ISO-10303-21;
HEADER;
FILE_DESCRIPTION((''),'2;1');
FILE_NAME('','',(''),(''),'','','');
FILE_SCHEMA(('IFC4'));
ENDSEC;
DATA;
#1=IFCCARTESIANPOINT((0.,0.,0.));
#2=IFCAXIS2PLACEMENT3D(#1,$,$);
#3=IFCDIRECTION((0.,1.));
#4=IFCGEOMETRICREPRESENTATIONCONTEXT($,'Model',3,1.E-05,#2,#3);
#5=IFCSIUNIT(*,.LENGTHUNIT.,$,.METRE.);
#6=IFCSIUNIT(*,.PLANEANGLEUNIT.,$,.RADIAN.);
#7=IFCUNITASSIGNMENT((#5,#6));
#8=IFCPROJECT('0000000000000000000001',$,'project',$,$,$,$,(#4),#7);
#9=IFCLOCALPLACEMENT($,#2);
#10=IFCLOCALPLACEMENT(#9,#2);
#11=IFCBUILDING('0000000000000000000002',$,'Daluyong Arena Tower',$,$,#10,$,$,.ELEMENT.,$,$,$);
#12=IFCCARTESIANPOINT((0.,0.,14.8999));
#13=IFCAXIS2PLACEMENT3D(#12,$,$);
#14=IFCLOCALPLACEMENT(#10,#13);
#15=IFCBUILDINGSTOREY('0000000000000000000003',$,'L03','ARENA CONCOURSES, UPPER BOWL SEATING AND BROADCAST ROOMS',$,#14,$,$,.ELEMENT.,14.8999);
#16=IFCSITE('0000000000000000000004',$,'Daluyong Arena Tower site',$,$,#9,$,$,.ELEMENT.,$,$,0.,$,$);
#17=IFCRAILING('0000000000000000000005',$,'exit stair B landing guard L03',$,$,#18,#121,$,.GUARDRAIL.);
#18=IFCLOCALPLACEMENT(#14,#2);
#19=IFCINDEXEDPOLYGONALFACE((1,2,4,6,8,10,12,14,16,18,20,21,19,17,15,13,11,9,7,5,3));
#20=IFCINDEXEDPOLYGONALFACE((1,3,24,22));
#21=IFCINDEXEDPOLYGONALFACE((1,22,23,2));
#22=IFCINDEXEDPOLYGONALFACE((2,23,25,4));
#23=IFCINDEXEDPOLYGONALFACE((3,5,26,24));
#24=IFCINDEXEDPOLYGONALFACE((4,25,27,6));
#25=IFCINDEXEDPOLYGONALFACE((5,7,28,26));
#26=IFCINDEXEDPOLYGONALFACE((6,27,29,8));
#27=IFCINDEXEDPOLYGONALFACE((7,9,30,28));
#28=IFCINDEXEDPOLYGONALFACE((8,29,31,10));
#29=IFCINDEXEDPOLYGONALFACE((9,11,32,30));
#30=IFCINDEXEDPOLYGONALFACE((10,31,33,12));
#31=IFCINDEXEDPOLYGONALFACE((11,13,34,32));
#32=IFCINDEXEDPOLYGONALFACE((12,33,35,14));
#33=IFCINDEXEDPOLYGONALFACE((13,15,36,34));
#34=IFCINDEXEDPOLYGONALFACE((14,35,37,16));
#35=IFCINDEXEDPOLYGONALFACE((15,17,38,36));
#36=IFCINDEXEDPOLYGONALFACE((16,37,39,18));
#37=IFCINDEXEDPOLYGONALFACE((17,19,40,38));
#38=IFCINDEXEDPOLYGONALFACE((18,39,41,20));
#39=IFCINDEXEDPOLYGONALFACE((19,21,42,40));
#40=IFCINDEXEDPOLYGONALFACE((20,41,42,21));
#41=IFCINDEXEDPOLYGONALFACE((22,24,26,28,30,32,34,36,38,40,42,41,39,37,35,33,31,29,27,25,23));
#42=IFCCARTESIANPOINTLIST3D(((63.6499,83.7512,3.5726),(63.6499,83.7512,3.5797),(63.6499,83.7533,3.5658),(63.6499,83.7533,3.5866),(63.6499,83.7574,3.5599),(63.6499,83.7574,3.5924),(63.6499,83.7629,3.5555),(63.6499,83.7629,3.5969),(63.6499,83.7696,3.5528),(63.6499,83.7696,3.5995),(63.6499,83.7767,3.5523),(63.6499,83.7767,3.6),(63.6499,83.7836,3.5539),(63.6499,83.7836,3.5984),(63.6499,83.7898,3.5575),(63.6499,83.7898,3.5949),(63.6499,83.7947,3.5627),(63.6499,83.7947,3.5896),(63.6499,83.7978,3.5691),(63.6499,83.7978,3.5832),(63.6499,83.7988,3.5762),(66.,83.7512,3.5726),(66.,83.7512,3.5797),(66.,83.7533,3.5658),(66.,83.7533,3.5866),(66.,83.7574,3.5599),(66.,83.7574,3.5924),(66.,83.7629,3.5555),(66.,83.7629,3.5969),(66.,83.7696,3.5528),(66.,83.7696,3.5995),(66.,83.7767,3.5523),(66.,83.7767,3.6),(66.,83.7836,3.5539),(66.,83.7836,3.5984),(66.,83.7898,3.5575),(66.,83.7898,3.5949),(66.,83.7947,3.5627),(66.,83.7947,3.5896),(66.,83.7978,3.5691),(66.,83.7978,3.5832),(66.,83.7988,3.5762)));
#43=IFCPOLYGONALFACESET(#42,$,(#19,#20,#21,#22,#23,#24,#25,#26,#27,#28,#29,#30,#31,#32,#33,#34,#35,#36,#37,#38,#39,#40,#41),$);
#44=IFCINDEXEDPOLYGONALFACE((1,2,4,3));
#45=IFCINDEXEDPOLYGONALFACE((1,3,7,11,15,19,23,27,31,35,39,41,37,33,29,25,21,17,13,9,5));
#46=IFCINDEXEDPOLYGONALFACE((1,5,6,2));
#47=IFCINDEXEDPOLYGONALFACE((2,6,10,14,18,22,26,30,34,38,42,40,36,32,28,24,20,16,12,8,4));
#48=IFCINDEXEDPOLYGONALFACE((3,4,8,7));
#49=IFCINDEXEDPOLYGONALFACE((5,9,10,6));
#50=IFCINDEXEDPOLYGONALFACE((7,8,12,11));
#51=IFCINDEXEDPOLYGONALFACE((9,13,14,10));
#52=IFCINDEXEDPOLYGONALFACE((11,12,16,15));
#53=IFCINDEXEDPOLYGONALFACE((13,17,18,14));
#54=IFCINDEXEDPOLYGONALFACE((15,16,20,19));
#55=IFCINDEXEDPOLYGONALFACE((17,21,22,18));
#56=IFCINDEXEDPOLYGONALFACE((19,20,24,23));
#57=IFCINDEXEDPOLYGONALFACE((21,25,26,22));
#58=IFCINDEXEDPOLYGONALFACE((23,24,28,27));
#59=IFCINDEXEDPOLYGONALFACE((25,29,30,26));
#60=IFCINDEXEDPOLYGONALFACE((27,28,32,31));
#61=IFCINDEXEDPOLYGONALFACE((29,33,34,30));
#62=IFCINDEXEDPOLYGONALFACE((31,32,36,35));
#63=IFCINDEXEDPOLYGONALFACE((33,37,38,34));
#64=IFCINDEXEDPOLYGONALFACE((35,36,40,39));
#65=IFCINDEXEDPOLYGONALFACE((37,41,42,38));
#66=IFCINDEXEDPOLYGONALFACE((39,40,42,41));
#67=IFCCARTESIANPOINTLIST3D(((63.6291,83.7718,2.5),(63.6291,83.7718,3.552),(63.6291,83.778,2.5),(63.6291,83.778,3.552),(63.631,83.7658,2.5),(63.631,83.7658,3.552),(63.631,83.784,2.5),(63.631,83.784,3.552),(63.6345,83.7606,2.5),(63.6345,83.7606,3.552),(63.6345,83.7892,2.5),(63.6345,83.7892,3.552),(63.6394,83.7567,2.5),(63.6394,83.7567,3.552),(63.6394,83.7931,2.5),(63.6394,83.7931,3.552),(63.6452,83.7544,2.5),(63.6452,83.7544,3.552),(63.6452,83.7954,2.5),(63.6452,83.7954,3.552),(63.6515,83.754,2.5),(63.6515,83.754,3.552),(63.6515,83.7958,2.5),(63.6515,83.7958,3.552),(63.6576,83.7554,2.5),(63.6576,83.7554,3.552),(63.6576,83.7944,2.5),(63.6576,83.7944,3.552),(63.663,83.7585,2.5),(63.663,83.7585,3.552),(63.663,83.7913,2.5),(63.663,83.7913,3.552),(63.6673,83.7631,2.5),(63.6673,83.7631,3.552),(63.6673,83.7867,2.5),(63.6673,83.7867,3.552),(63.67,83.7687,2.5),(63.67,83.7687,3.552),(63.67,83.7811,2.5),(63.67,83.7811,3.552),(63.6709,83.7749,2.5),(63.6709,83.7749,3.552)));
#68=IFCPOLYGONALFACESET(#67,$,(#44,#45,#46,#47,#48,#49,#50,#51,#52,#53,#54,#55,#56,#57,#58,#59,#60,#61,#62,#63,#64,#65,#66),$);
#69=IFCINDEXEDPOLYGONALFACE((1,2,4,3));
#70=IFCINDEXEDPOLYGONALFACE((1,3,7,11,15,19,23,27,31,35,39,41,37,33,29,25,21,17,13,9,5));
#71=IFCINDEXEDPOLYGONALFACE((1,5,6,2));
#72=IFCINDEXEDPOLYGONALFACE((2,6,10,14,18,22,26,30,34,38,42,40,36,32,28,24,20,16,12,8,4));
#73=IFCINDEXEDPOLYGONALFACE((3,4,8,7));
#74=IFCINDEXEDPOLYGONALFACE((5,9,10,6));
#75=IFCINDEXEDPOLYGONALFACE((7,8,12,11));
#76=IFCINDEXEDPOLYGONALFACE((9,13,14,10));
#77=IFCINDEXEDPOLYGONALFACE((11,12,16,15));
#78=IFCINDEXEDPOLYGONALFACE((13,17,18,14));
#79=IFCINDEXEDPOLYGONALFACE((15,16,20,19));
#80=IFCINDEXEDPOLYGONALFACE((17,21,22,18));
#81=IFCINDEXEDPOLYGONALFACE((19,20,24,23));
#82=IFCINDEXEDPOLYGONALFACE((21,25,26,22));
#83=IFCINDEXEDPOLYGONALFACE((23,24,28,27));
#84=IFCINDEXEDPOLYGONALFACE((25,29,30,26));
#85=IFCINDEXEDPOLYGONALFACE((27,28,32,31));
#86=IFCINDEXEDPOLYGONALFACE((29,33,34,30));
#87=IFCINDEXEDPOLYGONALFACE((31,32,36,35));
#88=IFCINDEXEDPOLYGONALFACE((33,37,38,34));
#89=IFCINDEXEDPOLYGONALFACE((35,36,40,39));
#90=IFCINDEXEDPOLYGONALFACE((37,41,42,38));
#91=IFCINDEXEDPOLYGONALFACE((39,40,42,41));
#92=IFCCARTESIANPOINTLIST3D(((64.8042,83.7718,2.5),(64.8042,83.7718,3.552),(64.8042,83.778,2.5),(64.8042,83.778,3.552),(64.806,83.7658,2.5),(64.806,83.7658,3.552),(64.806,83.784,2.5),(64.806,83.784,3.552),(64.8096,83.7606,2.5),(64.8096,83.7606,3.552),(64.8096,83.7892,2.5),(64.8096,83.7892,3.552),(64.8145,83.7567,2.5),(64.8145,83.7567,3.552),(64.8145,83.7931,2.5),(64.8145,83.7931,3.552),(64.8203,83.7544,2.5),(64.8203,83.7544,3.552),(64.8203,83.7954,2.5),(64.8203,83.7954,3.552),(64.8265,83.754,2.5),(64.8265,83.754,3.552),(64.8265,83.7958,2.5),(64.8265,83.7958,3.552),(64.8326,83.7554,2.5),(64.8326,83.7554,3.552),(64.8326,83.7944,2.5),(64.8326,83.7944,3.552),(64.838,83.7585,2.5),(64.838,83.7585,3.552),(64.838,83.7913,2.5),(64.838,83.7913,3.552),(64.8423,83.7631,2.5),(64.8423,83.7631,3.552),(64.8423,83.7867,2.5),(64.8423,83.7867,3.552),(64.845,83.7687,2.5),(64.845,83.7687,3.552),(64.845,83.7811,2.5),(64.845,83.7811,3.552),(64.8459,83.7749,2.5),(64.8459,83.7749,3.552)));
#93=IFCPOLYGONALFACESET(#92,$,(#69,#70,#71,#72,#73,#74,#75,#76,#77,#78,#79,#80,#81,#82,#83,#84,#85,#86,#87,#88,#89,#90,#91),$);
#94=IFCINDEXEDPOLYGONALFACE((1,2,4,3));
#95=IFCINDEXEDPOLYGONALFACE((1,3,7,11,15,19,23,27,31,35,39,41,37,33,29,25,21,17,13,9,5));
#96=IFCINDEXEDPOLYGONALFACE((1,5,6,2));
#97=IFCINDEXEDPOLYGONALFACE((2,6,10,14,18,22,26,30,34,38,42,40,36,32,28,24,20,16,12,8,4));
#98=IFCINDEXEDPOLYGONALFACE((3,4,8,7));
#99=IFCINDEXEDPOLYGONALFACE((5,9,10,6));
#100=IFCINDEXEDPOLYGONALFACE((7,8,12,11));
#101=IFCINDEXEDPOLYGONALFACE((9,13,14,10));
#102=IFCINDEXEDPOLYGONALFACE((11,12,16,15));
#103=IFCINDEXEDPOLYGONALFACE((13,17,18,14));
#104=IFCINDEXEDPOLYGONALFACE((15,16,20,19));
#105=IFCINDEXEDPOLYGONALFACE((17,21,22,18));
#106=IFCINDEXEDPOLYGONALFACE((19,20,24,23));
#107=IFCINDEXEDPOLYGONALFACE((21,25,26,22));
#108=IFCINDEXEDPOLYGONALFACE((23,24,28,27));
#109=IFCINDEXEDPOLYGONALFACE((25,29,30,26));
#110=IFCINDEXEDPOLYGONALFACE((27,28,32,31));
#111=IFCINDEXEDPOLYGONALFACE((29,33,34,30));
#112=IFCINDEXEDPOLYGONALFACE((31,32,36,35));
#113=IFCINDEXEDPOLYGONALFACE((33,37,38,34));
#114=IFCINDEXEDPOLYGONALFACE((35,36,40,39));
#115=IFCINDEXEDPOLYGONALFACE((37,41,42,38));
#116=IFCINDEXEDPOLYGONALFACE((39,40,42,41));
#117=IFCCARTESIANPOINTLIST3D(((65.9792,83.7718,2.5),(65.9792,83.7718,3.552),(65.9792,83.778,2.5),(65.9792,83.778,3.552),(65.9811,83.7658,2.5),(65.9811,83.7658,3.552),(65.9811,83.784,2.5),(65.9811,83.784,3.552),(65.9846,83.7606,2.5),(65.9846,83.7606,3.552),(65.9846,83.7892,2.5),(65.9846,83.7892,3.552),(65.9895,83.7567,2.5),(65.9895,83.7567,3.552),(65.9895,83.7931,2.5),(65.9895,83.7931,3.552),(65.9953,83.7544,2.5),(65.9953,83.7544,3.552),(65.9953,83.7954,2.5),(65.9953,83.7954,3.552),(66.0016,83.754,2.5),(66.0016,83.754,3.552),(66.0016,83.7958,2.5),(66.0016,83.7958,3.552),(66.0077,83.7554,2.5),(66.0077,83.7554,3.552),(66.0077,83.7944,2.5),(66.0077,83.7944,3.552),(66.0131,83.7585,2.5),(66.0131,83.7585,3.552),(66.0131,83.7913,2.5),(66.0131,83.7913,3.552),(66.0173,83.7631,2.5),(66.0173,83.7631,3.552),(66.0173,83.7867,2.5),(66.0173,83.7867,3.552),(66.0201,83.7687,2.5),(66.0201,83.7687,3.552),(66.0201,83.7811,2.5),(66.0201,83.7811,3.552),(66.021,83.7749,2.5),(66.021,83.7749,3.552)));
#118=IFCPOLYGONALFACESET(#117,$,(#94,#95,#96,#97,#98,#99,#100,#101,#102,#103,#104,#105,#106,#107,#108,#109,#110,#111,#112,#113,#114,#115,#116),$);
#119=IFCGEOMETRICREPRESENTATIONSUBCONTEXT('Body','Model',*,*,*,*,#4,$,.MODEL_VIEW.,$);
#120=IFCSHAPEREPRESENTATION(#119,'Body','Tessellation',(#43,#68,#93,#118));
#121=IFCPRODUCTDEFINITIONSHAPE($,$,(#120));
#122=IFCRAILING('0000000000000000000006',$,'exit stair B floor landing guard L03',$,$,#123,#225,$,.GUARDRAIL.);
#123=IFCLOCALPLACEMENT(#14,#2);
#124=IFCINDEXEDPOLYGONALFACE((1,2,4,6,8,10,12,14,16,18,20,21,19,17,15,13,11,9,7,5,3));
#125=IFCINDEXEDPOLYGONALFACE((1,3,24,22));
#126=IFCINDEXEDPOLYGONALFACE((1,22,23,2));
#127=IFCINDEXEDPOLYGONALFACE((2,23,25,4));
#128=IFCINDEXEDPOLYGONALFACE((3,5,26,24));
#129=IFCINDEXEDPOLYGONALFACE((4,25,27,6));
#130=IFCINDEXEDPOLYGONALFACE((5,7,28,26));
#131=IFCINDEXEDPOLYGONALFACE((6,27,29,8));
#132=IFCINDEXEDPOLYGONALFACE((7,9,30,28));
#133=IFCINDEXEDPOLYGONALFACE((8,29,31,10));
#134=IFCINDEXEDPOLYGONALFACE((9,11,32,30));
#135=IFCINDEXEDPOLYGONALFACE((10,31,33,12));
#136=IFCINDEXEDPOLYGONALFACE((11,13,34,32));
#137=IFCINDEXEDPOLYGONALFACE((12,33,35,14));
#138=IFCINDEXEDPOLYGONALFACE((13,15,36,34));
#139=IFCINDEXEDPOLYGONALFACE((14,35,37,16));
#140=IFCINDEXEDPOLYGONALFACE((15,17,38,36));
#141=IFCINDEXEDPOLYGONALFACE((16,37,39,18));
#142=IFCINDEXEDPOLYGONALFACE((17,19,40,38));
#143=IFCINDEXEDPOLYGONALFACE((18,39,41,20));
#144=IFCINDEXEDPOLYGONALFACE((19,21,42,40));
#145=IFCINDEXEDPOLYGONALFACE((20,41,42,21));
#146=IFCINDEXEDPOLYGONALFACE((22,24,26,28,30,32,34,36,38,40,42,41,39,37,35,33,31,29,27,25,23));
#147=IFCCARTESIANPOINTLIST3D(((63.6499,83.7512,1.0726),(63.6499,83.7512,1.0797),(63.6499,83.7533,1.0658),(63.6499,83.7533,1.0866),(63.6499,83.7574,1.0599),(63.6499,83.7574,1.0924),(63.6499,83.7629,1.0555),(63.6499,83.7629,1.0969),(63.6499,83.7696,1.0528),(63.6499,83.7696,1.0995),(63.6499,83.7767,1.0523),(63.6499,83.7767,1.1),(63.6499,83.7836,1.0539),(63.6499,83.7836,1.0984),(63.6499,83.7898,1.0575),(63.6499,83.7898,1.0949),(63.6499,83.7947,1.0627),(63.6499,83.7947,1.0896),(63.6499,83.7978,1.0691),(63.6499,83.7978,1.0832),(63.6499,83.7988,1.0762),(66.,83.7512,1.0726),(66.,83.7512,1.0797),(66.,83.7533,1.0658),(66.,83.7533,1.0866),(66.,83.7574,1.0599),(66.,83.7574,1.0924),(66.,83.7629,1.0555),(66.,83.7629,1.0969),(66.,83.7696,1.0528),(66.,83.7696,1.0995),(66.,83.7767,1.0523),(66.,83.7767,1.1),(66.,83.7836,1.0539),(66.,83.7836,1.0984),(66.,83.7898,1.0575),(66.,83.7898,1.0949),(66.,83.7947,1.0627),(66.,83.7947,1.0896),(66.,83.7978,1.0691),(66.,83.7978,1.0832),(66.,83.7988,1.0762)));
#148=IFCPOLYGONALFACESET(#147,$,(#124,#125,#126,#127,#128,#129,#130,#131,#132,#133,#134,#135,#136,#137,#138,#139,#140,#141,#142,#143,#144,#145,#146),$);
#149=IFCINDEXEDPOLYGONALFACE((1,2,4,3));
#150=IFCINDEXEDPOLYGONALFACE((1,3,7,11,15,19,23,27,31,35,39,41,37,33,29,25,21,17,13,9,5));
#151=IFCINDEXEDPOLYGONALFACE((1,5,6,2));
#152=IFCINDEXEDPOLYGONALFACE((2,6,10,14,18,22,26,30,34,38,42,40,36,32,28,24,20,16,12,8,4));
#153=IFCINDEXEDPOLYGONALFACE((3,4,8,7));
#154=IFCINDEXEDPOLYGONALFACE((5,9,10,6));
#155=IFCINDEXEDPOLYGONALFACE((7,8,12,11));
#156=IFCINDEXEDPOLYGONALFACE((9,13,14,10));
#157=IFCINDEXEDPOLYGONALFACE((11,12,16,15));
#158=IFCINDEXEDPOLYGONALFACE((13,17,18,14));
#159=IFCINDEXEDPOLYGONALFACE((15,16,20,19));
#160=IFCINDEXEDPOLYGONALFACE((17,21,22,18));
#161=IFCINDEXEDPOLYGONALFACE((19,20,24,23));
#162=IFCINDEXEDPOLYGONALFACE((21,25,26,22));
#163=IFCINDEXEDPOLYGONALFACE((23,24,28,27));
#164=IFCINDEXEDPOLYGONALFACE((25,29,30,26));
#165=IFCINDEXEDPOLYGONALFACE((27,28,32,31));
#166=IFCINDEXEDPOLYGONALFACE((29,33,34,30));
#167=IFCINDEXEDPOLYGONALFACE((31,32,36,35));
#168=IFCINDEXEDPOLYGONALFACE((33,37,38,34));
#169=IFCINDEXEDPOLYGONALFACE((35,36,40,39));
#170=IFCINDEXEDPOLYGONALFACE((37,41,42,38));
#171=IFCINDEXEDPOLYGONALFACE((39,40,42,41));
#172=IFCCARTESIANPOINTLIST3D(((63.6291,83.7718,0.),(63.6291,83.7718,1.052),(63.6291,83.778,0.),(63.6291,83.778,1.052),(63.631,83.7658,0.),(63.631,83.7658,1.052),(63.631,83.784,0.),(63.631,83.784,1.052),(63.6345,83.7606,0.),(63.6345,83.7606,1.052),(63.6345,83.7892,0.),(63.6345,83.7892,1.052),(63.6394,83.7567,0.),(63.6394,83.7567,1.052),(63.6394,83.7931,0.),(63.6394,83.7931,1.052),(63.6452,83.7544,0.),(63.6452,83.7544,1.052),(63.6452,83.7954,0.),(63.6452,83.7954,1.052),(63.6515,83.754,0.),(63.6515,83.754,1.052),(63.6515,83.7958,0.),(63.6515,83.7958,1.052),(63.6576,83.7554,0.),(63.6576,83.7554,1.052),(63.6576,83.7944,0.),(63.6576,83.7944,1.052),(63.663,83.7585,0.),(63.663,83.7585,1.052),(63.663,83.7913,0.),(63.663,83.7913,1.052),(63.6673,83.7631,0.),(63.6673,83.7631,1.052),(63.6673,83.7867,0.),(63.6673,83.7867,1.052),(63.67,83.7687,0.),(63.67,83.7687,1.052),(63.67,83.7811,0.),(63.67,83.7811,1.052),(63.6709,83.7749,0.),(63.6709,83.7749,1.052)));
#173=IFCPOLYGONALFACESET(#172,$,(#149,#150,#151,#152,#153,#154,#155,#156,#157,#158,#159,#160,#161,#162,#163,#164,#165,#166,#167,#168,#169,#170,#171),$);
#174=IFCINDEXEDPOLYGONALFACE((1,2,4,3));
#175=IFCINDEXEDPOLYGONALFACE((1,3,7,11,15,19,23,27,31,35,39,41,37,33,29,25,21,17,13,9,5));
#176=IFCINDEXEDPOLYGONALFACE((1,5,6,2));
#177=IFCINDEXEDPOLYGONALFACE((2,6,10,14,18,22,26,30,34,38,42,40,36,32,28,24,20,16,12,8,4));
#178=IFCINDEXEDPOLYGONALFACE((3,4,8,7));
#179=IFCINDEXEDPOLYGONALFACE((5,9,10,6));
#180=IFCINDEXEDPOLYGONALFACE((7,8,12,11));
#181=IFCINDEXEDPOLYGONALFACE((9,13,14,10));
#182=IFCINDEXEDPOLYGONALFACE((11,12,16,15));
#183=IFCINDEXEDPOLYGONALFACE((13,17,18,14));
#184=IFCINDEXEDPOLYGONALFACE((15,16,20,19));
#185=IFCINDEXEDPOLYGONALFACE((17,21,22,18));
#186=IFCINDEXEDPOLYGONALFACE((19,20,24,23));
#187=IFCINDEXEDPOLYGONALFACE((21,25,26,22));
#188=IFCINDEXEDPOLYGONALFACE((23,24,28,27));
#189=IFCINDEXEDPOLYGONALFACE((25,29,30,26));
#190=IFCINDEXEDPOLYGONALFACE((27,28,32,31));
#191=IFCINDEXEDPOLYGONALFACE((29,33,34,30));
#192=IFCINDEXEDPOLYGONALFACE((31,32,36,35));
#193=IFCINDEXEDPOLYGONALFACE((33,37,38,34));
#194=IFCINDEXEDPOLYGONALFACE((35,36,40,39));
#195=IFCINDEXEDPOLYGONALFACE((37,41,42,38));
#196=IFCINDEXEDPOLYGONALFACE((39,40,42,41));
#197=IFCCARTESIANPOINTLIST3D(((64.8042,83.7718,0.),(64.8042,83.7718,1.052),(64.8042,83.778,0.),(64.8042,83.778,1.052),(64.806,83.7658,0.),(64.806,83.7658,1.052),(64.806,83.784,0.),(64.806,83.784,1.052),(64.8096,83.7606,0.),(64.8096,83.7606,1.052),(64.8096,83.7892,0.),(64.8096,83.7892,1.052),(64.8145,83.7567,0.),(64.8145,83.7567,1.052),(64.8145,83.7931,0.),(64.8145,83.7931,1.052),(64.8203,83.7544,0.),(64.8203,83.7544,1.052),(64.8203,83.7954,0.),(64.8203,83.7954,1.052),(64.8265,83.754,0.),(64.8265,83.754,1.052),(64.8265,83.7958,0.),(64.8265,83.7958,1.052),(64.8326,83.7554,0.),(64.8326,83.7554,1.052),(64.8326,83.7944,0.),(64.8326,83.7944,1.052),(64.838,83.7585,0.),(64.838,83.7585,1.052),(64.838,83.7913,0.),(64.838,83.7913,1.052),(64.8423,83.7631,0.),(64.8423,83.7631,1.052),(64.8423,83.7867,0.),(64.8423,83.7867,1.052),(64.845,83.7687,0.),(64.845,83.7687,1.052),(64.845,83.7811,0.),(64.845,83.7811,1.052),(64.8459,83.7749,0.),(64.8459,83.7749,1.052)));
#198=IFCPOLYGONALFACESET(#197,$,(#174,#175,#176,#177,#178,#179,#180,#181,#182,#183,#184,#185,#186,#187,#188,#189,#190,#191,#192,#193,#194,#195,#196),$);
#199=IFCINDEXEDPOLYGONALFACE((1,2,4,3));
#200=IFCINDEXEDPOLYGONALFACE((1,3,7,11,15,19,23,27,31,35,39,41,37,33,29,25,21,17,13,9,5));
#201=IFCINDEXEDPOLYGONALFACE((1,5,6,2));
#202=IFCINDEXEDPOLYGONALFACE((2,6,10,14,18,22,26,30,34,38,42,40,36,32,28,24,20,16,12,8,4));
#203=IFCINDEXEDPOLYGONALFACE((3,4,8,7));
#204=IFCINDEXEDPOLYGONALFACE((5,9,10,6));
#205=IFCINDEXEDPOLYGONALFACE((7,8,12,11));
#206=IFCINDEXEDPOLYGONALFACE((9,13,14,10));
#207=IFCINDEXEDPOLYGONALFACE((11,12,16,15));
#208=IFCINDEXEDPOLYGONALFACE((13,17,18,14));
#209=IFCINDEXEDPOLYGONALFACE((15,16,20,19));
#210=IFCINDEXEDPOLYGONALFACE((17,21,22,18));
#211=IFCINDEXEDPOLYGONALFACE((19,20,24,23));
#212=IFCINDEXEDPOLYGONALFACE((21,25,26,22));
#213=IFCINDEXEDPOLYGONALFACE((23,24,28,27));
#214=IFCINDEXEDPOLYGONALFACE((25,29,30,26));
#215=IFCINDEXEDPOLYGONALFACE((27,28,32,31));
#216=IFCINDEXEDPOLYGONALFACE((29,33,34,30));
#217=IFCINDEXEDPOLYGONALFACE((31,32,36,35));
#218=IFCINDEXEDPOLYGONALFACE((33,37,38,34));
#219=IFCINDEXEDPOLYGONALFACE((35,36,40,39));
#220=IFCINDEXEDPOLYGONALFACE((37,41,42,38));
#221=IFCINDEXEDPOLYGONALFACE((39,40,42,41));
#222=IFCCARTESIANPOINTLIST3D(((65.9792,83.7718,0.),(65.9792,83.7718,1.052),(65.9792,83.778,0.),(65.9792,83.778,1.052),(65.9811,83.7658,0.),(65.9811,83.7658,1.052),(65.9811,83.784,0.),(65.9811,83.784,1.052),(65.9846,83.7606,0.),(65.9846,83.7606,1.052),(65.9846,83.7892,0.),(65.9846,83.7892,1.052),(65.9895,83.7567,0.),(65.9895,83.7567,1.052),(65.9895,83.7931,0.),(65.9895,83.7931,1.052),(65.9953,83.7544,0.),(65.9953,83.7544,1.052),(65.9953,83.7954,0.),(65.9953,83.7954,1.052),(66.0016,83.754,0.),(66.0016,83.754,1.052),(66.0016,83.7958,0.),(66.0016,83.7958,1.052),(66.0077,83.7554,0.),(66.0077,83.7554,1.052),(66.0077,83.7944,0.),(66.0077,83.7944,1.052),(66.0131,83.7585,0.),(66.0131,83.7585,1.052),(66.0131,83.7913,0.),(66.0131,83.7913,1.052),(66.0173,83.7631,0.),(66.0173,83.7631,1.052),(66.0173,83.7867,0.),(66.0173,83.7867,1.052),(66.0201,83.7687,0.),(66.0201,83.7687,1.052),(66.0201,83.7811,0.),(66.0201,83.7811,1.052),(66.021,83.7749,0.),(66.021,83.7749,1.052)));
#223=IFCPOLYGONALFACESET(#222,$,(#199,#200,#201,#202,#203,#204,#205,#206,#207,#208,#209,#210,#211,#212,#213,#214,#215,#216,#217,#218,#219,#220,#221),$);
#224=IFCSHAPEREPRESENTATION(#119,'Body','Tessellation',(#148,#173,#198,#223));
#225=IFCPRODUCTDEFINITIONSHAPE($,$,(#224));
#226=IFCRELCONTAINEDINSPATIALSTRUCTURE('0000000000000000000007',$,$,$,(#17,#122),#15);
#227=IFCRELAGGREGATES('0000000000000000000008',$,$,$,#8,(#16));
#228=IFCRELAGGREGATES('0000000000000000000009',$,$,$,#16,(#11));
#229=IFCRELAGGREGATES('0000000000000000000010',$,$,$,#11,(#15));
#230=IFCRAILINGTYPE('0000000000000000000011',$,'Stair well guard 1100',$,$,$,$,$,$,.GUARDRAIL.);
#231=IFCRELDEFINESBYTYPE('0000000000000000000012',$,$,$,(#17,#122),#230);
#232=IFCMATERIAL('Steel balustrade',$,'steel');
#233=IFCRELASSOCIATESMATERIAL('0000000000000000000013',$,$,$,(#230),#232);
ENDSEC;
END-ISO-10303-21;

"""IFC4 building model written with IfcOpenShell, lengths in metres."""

from ifc_helpers import new_model, si_unit, direction, frame, origin, origin_2d, place, context, subcontext, project, spatial, circle, extrude, material, type_object, element, save


model = new_model("IFC4")

# Units and contexts
model_context = context("Model", 3, precision=1e-05, world=origin(), true_north=direction((0.0, 1.0)))
body_context = subcontext(model_context, "Body", "Model", "MODEL_VIEW")
ifc_project = project(units=[si_unit("LENGTHUNIT", "METRE"), si_unit("PLANEANGLEUNIT", "RADIAN")], contexts=[model_context])

# Site, building, storey
site_placement = place(None, origin())
site = spatial("IfcSite", under=ifc_project, at=site_placement, Name="Daluyong Arena Tower site", CompositionType="ELEMENT", RefElevation=0.0)
building_placement = place(site_placement, origin())
building = spatial("IfcBuilding", under=site, at=building_placement, Name="Daluyong Arena Tower", CompositionType="ELEMENT")
storey_placement = place(building_placement, frame((0.0, 0.0, 14.8999)))
storey = spatial("IfcBuildingStorey", under=building, at=storey_placement, Name="L03", Description="ARENA CONCOURSES, UPPER BOWL SEATING AND BROADCAST ROOMS", CompositionType="ELEMENT", Elevation=14.8999)

# Railings
ifc_material_1 = material(Name="Steel balustrade", Category="steel")
railing_type_1 = type_object("IfcRailingType", Name="Stair well guard 1100", PredefinedType="GUARDRAIL", material=ifc_material_1)
for number, where, name in (
    (1, (63.6499, 83.7749, 2.5), "exit stair B landing guard L03"),
    (2, (63.6499, 83.7749, 0.0), "exit stair B floor landing guard L03"),
):
    element("IfcRailing", number, at=place(storey_placement, frame(where)), inside=storey, type_object=railing_type_1, Name=name, PredefinedType="GUARDRAIL", context=body_context, shape_type="SweptSolid", body=[
        extrude(circle(Radius=0.0239, at=origin_2d()), frame((0.0, 0.0, 1.0762), z_axis=(1.0, 0.0, 0.0), x_axis=(0.0, 1.0, 0.0)), (0.0, 0.0, 1.0), 2.3501),
        extrude(circle(Radius=0.021, at=origin_2d()), origin(), (0.0, 0.0, 1.0), 1.052),
        extrude(circle(Radius=0.021, at=origin_2d()), frame((1.175, 0.0, 0.0)), (0.0, 0.0, 1.0), 1.052),
        extrude(circle(Radius=0.021, at=origin_2d()), frame((2.3501, 0.0, 0.0)), (0.0, 0.0, 1.0), 1.052),
    ])

save(model, "model.ifc")
